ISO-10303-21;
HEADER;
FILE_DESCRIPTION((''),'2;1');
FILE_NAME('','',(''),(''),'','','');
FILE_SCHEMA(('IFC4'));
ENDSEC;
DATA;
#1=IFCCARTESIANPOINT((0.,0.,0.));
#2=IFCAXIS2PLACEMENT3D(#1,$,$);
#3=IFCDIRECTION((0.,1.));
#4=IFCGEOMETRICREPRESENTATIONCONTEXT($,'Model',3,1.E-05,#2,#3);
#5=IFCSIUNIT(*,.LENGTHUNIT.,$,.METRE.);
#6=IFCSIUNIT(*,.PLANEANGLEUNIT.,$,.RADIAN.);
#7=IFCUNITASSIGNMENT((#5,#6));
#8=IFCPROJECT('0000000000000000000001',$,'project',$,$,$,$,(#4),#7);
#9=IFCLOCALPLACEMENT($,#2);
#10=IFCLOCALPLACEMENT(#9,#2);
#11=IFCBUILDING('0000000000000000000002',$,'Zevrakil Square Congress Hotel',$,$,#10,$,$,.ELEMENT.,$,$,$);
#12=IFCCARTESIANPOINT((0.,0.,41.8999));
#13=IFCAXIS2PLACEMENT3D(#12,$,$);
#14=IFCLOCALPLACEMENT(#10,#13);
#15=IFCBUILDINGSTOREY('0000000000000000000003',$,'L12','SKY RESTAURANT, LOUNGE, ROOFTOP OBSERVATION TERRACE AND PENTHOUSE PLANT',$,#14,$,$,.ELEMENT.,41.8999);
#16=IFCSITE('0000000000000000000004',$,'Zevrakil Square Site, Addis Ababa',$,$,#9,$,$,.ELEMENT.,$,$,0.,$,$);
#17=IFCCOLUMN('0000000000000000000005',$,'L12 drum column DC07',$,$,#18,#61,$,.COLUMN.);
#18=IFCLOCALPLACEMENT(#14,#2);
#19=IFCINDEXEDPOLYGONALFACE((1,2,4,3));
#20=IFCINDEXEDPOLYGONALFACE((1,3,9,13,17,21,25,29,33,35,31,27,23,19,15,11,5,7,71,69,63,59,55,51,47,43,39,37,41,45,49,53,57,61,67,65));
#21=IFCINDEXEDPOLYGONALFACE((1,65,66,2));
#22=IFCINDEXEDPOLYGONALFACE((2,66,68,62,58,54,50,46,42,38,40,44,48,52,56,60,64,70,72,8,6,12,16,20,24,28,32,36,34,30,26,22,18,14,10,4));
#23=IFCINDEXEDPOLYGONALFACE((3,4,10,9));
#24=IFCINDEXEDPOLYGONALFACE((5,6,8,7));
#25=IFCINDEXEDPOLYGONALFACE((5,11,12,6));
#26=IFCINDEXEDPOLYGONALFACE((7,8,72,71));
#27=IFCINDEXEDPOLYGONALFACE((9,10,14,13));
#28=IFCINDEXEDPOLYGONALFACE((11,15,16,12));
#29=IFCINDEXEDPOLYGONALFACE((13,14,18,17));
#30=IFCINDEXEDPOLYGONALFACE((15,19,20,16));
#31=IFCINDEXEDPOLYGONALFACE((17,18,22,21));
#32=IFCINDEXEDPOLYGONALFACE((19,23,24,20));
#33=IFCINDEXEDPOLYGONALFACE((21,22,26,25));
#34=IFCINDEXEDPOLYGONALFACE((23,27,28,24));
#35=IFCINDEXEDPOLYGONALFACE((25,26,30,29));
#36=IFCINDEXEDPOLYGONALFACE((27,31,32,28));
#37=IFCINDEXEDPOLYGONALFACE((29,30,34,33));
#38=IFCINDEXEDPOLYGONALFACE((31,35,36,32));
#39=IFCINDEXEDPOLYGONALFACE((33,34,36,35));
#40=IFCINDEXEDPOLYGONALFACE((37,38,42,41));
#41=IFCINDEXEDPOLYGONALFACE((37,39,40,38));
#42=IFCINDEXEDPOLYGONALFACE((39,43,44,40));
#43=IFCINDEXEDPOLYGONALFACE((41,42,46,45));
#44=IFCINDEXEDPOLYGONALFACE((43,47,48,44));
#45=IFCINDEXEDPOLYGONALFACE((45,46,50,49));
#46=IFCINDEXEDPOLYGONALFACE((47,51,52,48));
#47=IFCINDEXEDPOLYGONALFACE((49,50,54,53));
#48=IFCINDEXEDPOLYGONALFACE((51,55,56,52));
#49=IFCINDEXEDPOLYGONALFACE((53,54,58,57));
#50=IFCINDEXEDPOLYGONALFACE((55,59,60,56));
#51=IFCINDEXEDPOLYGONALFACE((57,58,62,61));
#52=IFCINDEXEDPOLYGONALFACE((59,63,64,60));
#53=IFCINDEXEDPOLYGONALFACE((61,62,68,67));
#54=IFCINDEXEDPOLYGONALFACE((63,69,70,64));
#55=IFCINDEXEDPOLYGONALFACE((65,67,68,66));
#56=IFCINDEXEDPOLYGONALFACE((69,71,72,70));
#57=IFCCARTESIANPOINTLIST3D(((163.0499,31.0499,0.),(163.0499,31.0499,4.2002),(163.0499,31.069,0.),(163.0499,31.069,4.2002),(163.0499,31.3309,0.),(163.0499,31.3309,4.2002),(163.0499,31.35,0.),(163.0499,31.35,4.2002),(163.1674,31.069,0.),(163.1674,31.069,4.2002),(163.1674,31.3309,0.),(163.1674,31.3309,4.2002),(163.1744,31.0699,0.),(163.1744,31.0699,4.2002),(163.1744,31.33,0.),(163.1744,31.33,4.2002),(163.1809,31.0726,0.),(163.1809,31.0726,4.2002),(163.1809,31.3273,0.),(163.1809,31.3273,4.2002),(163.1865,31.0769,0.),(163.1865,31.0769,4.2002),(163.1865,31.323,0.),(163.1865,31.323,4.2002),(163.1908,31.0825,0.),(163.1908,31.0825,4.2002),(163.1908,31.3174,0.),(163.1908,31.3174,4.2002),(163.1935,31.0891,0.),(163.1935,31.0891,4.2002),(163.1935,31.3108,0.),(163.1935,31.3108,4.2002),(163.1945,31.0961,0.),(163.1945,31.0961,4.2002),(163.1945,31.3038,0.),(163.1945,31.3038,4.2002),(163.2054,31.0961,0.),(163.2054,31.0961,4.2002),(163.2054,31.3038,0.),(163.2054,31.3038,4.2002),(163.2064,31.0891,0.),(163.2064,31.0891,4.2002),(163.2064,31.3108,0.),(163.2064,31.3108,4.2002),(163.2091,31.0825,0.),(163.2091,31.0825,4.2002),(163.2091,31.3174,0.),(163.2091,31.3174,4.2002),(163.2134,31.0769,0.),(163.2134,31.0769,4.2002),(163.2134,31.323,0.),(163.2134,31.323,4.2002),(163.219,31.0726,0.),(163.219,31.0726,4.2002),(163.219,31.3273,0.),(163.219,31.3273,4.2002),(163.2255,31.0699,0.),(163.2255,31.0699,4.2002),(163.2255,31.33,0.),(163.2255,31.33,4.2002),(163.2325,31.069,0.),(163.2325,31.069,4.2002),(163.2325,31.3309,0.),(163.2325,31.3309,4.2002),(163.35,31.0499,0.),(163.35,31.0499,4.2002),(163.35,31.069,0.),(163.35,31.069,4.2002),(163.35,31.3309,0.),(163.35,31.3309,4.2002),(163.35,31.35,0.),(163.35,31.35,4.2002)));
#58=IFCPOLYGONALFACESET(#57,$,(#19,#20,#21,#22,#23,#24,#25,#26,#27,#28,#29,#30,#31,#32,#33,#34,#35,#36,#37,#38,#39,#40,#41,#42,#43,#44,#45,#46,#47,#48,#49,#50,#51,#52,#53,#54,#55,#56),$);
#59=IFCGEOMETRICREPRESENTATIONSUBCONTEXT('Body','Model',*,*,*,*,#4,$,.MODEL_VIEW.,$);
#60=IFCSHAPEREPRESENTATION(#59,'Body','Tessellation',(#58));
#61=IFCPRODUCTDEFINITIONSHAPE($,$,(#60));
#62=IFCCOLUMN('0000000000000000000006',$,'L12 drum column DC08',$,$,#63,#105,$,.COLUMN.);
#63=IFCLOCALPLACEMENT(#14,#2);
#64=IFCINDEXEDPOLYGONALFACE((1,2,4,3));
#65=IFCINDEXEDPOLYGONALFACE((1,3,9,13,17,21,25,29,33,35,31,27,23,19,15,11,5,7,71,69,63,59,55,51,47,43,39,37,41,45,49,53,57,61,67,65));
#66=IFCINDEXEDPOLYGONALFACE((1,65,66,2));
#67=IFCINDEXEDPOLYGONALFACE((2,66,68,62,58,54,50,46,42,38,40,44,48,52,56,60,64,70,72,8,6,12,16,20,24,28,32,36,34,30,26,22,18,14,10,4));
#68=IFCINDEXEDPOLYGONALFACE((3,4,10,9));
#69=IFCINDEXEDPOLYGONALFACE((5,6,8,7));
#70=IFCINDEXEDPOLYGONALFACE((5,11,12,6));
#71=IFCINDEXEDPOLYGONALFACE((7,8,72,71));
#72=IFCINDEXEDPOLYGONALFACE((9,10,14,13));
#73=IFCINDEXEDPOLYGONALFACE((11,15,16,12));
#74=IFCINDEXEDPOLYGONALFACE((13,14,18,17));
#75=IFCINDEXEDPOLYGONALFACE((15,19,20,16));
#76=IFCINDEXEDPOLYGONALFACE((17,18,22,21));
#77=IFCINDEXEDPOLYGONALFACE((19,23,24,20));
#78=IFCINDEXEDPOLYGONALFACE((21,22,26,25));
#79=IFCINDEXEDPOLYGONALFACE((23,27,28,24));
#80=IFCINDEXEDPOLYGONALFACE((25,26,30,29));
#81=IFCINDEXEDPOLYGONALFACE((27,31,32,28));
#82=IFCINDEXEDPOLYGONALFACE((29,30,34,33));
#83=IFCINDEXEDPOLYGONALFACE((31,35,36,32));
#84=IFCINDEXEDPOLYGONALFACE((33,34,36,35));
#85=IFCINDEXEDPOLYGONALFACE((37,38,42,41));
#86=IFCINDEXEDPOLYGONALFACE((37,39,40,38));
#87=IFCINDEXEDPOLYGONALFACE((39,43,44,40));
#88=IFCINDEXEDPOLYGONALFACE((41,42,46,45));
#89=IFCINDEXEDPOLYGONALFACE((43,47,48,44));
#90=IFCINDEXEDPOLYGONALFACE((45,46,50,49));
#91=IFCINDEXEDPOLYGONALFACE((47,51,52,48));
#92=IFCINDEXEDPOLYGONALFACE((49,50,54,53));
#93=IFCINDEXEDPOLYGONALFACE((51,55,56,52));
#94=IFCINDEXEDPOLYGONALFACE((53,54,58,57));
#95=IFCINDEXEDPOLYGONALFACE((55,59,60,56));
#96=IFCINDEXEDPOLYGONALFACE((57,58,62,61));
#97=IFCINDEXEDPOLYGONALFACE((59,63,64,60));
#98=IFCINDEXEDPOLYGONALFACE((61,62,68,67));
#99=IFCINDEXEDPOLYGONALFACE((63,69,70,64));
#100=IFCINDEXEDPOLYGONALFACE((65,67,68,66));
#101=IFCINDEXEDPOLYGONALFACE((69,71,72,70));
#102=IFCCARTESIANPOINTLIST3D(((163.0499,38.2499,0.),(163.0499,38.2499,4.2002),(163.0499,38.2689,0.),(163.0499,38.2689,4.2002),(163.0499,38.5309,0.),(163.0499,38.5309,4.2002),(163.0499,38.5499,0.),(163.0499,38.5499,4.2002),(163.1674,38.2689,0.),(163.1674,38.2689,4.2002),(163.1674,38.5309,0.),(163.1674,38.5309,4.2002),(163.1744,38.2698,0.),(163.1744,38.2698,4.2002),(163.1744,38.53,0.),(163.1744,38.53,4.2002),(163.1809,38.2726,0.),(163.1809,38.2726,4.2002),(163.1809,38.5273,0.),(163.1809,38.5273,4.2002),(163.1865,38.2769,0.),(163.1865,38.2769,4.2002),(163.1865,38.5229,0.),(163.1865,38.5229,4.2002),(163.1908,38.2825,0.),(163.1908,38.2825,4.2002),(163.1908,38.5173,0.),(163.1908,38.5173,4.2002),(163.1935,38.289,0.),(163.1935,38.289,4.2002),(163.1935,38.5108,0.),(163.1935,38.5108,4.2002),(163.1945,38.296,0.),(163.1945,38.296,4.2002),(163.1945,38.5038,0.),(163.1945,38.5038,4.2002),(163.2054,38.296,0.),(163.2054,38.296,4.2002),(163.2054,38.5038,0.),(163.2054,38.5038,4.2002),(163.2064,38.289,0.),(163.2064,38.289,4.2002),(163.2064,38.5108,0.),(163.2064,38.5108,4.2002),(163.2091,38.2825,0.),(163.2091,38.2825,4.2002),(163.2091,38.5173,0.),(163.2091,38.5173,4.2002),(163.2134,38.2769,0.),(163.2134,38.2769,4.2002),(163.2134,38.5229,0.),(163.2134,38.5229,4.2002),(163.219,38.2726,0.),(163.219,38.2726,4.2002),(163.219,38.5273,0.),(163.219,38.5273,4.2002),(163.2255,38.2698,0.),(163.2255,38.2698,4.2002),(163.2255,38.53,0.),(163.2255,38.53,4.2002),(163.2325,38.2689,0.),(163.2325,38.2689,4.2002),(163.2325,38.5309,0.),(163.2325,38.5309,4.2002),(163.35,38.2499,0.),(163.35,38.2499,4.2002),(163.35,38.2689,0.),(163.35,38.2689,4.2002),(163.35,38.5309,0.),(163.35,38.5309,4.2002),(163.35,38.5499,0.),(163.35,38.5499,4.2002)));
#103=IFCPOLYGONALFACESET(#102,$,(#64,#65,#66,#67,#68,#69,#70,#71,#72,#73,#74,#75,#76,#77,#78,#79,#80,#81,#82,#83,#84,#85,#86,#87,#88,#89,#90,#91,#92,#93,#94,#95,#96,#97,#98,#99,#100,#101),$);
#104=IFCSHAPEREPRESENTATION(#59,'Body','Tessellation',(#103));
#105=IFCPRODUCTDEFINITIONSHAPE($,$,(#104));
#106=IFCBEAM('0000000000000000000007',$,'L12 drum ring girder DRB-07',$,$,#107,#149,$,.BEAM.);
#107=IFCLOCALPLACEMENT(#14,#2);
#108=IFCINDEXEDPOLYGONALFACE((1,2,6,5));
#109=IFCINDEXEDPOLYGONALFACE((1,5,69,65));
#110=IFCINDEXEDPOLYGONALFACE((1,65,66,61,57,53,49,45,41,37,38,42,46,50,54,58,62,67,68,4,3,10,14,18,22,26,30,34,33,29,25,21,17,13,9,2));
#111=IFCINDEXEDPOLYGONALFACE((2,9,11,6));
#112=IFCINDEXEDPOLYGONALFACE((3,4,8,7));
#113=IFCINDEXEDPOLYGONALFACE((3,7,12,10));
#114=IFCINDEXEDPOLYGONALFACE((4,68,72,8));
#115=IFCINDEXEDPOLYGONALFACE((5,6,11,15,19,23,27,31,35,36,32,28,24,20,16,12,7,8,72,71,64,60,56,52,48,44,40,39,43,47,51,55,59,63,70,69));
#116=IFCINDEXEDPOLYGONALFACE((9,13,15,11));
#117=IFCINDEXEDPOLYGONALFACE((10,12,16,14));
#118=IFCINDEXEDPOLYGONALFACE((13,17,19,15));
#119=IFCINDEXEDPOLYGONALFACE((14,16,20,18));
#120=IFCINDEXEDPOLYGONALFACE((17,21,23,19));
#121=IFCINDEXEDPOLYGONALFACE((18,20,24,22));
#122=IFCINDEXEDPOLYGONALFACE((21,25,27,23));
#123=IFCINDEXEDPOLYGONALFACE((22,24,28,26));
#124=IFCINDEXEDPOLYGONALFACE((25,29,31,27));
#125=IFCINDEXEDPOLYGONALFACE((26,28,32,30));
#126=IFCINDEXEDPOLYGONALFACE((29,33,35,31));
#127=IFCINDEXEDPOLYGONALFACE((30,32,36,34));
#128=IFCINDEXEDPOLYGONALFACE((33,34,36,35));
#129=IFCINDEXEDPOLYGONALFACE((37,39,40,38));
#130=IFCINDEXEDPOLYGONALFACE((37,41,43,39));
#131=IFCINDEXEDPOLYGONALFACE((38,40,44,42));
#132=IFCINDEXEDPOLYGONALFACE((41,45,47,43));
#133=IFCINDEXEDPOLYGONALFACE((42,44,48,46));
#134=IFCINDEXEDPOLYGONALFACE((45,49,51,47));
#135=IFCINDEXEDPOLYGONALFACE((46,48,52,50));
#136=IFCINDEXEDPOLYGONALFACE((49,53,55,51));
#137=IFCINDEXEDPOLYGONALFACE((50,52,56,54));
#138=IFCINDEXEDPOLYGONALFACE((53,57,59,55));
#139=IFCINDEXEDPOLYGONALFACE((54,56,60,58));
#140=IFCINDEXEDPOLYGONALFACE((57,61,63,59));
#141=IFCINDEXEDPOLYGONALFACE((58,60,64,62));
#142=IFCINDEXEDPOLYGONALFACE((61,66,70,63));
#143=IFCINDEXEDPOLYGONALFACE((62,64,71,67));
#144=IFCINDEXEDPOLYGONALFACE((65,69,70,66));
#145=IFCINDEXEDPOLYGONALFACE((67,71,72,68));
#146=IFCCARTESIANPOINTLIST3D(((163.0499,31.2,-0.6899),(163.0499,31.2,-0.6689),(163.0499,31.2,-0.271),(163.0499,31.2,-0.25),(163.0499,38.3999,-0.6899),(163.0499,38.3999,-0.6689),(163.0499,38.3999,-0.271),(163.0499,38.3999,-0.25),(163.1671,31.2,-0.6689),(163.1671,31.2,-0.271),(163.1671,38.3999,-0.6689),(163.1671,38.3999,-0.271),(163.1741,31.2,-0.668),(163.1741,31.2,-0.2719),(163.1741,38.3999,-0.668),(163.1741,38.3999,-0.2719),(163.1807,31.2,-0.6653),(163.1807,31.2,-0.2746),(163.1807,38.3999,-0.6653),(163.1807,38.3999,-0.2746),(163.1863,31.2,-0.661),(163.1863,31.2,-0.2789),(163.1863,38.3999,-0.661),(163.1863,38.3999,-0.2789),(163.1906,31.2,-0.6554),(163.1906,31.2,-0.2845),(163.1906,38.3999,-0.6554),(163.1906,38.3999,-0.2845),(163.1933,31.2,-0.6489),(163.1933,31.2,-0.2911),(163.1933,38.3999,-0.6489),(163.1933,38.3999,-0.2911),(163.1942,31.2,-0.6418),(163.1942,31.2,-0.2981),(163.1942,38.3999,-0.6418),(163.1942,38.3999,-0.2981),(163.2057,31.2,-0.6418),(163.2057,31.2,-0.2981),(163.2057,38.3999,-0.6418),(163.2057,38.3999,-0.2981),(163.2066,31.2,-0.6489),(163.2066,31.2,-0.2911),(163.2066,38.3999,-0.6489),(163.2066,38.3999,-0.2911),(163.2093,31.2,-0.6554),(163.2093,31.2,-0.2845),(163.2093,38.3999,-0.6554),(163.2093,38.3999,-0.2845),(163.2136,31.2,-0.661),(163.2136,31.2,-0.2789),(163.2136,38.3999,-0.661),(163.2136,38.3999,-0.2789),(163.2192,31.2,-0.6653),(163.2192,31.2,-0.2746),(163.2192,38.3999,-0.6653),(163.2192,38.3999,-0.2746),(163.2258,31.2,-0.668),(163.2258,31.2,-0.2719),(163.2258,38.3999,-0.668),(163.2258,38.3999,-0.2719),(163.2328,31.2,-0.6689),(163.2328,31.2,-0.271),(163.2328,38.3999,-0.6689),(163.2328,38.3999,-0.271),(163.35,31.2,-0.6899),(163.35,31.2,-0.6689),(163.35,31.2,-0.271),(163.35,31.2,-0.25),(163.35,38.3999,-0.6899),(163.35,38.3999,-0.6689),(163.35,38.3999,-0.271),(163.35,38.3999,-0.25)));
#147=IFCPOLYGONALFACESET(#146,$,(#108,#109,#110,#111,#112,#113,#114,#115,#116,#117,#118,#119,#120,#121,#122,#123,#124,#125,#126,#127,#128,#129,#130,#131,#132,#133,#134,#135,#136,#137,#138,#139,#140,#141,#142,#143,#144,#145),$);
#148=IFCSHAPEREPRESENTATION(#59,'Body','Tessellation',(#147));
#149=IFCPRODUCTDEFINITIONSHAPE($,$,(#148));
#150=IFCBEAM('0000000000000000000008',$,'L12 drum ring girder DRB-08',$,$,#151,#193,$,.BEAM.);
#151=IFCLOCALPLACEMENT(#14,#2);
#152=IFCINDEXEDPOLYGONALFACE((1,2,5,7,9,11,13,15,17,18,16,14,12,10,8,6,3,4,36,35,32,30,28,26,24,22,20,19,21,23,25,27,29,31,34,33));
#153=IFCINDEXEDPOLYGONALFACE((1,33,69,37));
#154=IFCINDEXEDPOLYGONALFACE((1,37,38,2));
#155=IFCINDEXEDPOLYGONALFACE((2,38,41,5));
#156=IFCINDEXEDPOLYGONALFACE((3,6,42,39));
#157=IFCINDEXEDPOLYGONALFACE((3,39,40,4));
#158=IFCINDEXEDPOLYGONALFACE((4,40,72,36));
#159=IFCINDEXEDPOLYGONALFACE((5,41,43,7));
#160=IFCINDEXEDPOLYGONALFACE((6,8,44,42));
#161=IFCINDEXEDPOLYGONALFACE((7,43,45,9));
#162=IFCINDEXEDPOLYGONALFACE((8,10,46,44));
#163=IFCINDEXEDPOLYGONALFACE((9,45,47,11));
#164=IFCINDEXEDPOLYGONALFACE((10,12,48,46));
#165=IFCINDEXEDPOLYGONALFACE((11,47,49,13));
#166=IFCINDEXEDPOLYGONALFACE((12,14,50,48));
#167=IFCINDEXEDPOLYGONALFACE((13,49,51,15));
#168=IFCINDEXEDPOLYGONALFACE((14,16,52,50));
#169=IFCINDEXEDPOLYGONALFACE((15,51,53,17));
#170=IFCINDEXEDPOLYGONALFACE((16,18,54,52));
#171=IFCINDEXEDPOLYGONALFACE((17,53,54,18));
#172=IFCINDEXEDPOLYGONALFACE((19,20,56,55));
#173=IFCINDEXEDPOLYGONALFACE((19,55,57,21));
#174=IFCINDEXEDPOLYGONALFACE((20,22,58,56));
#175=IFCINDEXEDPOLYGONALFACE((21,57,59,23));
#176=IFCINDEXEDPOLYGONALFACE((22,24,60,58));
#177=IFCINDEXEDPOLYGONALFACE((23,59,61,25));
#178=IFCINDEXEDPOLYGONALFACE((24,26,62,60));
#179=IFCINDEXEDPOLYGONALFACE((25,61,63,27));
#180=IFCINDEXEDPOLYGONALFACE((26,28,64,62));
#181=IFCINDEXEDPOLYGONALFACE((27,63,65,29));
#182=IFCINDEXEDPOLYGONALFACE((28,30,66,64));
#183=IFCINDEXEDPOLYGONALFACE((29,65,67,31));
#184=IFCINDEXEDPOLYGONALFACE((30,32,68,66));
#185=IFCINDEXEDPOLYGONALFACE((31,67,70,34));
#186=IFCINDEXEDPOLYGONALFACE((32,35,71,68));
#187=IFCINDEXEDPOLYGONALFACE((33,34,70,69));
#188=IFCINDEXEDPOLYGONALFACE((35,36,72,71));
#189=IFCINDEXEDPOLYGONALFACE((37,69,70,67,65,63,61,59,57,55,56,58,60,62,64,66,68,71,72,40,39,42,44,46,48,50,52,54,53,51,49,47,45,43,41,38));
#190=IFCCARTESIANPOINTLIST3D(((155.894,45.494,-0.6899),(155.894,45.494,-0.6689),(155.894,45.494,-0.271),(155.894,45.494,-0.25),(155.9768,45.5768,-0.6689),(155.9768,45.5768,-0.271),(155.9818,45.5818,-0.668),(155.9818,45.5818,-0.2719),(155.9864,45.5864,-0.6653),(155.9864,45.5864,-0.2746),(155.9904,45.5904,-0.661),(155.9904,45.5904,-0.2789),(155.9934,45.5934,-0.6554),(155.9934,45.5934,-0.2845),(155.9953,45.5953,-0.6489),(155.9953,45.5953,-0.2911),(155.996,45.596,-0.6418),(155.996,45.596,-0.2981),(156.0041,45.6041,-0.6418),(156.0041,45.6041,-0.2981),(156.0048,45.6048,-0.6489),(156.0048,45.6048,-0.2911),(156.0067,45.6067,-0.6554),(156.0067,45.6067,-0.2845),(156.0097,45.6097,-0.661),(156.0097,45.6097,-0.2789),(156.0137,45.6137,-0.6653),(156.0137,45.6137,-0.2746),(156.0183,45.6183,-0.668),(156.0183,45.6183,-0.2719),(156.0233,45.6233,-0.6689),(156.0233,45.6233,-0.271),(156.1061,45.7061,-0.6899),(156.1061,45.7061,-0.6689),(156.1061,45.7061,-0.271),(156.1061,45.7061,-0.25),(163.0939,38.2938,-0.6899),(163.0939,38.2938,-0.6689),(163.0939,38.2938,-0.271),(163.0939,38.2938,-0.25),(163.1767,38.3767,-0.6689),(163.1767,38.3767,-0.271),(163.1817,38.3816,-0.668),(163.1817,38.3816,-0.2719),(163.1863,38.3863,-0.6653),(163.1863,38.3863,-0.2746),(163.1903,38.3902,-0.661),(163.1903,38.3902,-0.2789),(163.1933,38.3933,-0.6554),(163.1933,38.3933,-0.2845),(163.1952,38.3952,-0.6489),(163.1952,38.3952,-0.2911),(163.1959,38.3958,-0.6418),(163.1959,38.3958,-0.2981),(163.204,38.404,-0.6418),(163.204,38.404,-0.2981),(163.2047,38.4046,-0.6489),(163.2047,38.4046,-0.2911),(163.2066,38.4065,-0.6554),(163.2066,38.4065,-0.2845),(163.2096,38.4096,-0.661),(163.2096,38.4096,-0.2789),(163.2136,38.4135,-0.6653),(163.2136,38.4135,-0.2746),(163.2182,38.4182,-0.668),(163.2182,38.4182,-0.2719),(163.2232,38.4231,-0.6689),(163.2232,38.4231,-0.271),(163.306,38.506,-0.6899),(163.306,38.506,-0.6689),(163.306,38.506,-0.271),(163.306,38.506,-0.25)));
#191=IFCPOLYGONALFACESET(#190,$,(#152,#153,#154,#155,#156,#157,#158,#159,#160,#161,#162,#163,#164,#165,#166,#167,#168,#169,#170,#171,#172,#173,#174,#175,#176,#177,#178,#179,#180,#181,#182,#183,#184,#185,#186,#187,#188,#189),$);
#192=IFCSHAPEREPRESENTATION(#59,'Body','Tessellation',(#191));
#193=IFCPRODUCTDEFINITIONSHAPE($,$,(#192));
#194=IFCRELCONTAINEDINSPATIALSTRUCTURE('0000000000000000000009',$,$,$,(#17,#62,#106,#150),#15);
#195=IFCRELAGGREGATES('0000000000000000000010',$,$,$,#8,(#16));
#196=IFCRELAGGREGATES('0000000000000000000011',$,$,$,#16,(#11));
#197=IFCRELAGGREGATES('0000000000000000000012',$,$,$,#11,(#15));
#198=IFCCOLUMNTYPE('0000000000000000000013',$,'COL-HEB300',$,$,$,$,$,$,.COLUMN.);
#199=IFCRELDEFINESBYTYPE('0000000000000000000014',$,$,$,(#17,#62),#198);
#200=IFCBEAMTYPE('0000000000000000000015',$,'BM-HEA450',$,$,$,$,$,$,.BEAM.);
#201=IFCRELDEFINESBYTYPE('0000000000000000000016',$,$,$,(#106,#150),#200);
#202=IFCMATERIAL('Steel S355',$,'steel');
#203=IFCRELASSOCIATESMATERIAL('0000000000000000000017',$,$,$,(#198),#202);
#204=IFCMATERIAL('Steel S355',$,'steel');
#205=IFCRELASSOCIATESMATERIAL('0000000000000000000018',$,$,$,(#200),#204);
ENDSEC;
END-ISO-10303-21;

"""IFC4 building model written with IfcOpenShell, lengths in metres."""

from ifc_helpers import new_model, si_unit, direction, frame, origin, origin_2d, place, context, subcontext, project, spatial, i_section, extrude, material, material_profile, profile_set, type_object, element, save


model = new_model("IFC4")

# Units and contexts
model_context = context("Model", 3, precision=1e-05, world=origin(), true_north=direction((0.0, 1.0)))
body_context = subcontext(model_context, "Body", "Model", "MODEL_VIEW")
ifc_project = project(units=[si_unit("LENGTHUNIT", "METRE"), si_unit("PLANEANGLEUNIT", "RADIAN")], contexts=[model_context])

# Site, building, storey
site_placement = place(None, origin())
site = spatial("IfcSite", under=ifc_project, at=site_placement, Name="Zevrakil Square Site, Addis Ababa", CompositionType="ELEMENT", RefElevation=0.0)
building_placement = place(site_placement, origin())
building = spatial("IfcBuilding", under=site, at=building_placement, Name="Zevrakil Square Congress Hotel", CompositionType="ELEMENT")
storey_placement = place(building_placement, frame((0.0, 0.0, 41.8999)))
storey = spatial("IfcBuildingStorey", under=building, at=storey_placement, Name="L12", Description="SKY RESTAURANT, LOUNGE, ROOFTOP OBSERVATION TERRACE AND PENTHOUSE PLANT", CompositionType="ELEMENT", Elevation=41.8999)

# Columns
ifc_material_1 = material(Name="Steel S355", Category="steel")
ifc_material_profile_1 = material_profile(ifc_material_1, i_section(OverallWidth=0.3, OverallDepth=0.3, WebThickness=0.011, FlangeThickness=0.019, FilletRadius=0.0271, at=origin_2d()), Name="HEB 300")
ifc_profile_set_1 = profile_set([ifc_material_profile_1], Name="Steel S355")
column_type = type_object("IfcColumnType", Name="COL-HEB300", PredefinedType="COLUMN", material=ifc_profile_set_1)
for number, where, z_axis, x_axis, name in (
    (1, (163.2, 31.2, 0.0), (0.0, 0.0, 1.0), (1.0, 0.0, 0.0), "L12 drum column DC07"),
    (2, (163.2, 38.3999, 0.0), (0.0, 0.0, 1.0), (1.0, 0.0, 0.0), "L12 drum column DC08"),
):
    element("IfcColumn", number, at=place(storey_placement, frame(where, z_axis=z_axis, x_axis=x_axis)), inside=storey, type_object=column_type, Name=name, PredefinedType="COLUMN", context=body_context, shape_type="SweptSolid", body=[
        extrude(i_section(OverallWidth=0.3, OverallDepth=0.3, WebThickness=0.011, FlangeThickness=0.019, FilletRadius=0.0271, at=origin_2d()), origin(), (0.0, 0.0, 1.0), 4.2002),
    ])

# Beams
ifc_material_2 = material(Name="Steel S355", Category="steel")
ifc_material_profile_2 = material_profile(ifc_material_2, i_section(OverallWidth=0.3, OverallDepth=0.4399, WebThickness=0.0115, FlangeThickness=0.021, FilletRadius=0.0271, at=origin_2d()), Name="HEA 450")
ifc_profile_set_2 = profile_set([ifc_material_profile_2], Name="Steel S355")
beam_type_1 = type_object("IfcBeamType", Name="BM-HEA450", PredefinedType="BEAM", material=ifc_profile_set_2)
beam_1_placement = place(storey_placement, frame((163.2, 31.2, -0.47), z_axis=(0.0, 1.0, 0.0), x_axis=(-1.0, 0.0, 0.0)))
element("IfcBeam", 3, at=beam_1_placement, inside=storey, type_object=beam_type_1, Name="L12 drum ring girder DRB-07", PredefinedType="BEAM", context=body_context, shape_type="SweptSolid", body=[
    extrude(i_section(OverallWidth=0.3, OverallDepth=0.4399, WebThickness=0.0115, FlangeThickness=0.021, FilletRadius=0.0271, at=origin_2d()), origin(), (0.0, 0.0, 1.0), 7.2),
])
beam_2_placement = place(storey_placement, frame((163.2, 38.3999, -0.47), z_axis=(-0.707095, 0.707119, 0.0), x_axis=(-0.707119, -0.707095, 0.0)))
element("IfcBeam", 4, at=beam_2_placement, inside=storey, type_object=beam_type_1, Name="L12 drum ring girder DRB-08", PredefinedType="BEAM", context=body_context, shape_type="SweptSolid", body=[
    extrude(i_section(OverallWidth=0.3, OverallDepth=0.4399, WebThickness=0.0115, FlangeThickness=0.021, FilletRadius=0.0271, at=origin_2d()), origin(), (0.0, 0.0, 1.0), 10.1824),
])

save(model, "model.ifc")
